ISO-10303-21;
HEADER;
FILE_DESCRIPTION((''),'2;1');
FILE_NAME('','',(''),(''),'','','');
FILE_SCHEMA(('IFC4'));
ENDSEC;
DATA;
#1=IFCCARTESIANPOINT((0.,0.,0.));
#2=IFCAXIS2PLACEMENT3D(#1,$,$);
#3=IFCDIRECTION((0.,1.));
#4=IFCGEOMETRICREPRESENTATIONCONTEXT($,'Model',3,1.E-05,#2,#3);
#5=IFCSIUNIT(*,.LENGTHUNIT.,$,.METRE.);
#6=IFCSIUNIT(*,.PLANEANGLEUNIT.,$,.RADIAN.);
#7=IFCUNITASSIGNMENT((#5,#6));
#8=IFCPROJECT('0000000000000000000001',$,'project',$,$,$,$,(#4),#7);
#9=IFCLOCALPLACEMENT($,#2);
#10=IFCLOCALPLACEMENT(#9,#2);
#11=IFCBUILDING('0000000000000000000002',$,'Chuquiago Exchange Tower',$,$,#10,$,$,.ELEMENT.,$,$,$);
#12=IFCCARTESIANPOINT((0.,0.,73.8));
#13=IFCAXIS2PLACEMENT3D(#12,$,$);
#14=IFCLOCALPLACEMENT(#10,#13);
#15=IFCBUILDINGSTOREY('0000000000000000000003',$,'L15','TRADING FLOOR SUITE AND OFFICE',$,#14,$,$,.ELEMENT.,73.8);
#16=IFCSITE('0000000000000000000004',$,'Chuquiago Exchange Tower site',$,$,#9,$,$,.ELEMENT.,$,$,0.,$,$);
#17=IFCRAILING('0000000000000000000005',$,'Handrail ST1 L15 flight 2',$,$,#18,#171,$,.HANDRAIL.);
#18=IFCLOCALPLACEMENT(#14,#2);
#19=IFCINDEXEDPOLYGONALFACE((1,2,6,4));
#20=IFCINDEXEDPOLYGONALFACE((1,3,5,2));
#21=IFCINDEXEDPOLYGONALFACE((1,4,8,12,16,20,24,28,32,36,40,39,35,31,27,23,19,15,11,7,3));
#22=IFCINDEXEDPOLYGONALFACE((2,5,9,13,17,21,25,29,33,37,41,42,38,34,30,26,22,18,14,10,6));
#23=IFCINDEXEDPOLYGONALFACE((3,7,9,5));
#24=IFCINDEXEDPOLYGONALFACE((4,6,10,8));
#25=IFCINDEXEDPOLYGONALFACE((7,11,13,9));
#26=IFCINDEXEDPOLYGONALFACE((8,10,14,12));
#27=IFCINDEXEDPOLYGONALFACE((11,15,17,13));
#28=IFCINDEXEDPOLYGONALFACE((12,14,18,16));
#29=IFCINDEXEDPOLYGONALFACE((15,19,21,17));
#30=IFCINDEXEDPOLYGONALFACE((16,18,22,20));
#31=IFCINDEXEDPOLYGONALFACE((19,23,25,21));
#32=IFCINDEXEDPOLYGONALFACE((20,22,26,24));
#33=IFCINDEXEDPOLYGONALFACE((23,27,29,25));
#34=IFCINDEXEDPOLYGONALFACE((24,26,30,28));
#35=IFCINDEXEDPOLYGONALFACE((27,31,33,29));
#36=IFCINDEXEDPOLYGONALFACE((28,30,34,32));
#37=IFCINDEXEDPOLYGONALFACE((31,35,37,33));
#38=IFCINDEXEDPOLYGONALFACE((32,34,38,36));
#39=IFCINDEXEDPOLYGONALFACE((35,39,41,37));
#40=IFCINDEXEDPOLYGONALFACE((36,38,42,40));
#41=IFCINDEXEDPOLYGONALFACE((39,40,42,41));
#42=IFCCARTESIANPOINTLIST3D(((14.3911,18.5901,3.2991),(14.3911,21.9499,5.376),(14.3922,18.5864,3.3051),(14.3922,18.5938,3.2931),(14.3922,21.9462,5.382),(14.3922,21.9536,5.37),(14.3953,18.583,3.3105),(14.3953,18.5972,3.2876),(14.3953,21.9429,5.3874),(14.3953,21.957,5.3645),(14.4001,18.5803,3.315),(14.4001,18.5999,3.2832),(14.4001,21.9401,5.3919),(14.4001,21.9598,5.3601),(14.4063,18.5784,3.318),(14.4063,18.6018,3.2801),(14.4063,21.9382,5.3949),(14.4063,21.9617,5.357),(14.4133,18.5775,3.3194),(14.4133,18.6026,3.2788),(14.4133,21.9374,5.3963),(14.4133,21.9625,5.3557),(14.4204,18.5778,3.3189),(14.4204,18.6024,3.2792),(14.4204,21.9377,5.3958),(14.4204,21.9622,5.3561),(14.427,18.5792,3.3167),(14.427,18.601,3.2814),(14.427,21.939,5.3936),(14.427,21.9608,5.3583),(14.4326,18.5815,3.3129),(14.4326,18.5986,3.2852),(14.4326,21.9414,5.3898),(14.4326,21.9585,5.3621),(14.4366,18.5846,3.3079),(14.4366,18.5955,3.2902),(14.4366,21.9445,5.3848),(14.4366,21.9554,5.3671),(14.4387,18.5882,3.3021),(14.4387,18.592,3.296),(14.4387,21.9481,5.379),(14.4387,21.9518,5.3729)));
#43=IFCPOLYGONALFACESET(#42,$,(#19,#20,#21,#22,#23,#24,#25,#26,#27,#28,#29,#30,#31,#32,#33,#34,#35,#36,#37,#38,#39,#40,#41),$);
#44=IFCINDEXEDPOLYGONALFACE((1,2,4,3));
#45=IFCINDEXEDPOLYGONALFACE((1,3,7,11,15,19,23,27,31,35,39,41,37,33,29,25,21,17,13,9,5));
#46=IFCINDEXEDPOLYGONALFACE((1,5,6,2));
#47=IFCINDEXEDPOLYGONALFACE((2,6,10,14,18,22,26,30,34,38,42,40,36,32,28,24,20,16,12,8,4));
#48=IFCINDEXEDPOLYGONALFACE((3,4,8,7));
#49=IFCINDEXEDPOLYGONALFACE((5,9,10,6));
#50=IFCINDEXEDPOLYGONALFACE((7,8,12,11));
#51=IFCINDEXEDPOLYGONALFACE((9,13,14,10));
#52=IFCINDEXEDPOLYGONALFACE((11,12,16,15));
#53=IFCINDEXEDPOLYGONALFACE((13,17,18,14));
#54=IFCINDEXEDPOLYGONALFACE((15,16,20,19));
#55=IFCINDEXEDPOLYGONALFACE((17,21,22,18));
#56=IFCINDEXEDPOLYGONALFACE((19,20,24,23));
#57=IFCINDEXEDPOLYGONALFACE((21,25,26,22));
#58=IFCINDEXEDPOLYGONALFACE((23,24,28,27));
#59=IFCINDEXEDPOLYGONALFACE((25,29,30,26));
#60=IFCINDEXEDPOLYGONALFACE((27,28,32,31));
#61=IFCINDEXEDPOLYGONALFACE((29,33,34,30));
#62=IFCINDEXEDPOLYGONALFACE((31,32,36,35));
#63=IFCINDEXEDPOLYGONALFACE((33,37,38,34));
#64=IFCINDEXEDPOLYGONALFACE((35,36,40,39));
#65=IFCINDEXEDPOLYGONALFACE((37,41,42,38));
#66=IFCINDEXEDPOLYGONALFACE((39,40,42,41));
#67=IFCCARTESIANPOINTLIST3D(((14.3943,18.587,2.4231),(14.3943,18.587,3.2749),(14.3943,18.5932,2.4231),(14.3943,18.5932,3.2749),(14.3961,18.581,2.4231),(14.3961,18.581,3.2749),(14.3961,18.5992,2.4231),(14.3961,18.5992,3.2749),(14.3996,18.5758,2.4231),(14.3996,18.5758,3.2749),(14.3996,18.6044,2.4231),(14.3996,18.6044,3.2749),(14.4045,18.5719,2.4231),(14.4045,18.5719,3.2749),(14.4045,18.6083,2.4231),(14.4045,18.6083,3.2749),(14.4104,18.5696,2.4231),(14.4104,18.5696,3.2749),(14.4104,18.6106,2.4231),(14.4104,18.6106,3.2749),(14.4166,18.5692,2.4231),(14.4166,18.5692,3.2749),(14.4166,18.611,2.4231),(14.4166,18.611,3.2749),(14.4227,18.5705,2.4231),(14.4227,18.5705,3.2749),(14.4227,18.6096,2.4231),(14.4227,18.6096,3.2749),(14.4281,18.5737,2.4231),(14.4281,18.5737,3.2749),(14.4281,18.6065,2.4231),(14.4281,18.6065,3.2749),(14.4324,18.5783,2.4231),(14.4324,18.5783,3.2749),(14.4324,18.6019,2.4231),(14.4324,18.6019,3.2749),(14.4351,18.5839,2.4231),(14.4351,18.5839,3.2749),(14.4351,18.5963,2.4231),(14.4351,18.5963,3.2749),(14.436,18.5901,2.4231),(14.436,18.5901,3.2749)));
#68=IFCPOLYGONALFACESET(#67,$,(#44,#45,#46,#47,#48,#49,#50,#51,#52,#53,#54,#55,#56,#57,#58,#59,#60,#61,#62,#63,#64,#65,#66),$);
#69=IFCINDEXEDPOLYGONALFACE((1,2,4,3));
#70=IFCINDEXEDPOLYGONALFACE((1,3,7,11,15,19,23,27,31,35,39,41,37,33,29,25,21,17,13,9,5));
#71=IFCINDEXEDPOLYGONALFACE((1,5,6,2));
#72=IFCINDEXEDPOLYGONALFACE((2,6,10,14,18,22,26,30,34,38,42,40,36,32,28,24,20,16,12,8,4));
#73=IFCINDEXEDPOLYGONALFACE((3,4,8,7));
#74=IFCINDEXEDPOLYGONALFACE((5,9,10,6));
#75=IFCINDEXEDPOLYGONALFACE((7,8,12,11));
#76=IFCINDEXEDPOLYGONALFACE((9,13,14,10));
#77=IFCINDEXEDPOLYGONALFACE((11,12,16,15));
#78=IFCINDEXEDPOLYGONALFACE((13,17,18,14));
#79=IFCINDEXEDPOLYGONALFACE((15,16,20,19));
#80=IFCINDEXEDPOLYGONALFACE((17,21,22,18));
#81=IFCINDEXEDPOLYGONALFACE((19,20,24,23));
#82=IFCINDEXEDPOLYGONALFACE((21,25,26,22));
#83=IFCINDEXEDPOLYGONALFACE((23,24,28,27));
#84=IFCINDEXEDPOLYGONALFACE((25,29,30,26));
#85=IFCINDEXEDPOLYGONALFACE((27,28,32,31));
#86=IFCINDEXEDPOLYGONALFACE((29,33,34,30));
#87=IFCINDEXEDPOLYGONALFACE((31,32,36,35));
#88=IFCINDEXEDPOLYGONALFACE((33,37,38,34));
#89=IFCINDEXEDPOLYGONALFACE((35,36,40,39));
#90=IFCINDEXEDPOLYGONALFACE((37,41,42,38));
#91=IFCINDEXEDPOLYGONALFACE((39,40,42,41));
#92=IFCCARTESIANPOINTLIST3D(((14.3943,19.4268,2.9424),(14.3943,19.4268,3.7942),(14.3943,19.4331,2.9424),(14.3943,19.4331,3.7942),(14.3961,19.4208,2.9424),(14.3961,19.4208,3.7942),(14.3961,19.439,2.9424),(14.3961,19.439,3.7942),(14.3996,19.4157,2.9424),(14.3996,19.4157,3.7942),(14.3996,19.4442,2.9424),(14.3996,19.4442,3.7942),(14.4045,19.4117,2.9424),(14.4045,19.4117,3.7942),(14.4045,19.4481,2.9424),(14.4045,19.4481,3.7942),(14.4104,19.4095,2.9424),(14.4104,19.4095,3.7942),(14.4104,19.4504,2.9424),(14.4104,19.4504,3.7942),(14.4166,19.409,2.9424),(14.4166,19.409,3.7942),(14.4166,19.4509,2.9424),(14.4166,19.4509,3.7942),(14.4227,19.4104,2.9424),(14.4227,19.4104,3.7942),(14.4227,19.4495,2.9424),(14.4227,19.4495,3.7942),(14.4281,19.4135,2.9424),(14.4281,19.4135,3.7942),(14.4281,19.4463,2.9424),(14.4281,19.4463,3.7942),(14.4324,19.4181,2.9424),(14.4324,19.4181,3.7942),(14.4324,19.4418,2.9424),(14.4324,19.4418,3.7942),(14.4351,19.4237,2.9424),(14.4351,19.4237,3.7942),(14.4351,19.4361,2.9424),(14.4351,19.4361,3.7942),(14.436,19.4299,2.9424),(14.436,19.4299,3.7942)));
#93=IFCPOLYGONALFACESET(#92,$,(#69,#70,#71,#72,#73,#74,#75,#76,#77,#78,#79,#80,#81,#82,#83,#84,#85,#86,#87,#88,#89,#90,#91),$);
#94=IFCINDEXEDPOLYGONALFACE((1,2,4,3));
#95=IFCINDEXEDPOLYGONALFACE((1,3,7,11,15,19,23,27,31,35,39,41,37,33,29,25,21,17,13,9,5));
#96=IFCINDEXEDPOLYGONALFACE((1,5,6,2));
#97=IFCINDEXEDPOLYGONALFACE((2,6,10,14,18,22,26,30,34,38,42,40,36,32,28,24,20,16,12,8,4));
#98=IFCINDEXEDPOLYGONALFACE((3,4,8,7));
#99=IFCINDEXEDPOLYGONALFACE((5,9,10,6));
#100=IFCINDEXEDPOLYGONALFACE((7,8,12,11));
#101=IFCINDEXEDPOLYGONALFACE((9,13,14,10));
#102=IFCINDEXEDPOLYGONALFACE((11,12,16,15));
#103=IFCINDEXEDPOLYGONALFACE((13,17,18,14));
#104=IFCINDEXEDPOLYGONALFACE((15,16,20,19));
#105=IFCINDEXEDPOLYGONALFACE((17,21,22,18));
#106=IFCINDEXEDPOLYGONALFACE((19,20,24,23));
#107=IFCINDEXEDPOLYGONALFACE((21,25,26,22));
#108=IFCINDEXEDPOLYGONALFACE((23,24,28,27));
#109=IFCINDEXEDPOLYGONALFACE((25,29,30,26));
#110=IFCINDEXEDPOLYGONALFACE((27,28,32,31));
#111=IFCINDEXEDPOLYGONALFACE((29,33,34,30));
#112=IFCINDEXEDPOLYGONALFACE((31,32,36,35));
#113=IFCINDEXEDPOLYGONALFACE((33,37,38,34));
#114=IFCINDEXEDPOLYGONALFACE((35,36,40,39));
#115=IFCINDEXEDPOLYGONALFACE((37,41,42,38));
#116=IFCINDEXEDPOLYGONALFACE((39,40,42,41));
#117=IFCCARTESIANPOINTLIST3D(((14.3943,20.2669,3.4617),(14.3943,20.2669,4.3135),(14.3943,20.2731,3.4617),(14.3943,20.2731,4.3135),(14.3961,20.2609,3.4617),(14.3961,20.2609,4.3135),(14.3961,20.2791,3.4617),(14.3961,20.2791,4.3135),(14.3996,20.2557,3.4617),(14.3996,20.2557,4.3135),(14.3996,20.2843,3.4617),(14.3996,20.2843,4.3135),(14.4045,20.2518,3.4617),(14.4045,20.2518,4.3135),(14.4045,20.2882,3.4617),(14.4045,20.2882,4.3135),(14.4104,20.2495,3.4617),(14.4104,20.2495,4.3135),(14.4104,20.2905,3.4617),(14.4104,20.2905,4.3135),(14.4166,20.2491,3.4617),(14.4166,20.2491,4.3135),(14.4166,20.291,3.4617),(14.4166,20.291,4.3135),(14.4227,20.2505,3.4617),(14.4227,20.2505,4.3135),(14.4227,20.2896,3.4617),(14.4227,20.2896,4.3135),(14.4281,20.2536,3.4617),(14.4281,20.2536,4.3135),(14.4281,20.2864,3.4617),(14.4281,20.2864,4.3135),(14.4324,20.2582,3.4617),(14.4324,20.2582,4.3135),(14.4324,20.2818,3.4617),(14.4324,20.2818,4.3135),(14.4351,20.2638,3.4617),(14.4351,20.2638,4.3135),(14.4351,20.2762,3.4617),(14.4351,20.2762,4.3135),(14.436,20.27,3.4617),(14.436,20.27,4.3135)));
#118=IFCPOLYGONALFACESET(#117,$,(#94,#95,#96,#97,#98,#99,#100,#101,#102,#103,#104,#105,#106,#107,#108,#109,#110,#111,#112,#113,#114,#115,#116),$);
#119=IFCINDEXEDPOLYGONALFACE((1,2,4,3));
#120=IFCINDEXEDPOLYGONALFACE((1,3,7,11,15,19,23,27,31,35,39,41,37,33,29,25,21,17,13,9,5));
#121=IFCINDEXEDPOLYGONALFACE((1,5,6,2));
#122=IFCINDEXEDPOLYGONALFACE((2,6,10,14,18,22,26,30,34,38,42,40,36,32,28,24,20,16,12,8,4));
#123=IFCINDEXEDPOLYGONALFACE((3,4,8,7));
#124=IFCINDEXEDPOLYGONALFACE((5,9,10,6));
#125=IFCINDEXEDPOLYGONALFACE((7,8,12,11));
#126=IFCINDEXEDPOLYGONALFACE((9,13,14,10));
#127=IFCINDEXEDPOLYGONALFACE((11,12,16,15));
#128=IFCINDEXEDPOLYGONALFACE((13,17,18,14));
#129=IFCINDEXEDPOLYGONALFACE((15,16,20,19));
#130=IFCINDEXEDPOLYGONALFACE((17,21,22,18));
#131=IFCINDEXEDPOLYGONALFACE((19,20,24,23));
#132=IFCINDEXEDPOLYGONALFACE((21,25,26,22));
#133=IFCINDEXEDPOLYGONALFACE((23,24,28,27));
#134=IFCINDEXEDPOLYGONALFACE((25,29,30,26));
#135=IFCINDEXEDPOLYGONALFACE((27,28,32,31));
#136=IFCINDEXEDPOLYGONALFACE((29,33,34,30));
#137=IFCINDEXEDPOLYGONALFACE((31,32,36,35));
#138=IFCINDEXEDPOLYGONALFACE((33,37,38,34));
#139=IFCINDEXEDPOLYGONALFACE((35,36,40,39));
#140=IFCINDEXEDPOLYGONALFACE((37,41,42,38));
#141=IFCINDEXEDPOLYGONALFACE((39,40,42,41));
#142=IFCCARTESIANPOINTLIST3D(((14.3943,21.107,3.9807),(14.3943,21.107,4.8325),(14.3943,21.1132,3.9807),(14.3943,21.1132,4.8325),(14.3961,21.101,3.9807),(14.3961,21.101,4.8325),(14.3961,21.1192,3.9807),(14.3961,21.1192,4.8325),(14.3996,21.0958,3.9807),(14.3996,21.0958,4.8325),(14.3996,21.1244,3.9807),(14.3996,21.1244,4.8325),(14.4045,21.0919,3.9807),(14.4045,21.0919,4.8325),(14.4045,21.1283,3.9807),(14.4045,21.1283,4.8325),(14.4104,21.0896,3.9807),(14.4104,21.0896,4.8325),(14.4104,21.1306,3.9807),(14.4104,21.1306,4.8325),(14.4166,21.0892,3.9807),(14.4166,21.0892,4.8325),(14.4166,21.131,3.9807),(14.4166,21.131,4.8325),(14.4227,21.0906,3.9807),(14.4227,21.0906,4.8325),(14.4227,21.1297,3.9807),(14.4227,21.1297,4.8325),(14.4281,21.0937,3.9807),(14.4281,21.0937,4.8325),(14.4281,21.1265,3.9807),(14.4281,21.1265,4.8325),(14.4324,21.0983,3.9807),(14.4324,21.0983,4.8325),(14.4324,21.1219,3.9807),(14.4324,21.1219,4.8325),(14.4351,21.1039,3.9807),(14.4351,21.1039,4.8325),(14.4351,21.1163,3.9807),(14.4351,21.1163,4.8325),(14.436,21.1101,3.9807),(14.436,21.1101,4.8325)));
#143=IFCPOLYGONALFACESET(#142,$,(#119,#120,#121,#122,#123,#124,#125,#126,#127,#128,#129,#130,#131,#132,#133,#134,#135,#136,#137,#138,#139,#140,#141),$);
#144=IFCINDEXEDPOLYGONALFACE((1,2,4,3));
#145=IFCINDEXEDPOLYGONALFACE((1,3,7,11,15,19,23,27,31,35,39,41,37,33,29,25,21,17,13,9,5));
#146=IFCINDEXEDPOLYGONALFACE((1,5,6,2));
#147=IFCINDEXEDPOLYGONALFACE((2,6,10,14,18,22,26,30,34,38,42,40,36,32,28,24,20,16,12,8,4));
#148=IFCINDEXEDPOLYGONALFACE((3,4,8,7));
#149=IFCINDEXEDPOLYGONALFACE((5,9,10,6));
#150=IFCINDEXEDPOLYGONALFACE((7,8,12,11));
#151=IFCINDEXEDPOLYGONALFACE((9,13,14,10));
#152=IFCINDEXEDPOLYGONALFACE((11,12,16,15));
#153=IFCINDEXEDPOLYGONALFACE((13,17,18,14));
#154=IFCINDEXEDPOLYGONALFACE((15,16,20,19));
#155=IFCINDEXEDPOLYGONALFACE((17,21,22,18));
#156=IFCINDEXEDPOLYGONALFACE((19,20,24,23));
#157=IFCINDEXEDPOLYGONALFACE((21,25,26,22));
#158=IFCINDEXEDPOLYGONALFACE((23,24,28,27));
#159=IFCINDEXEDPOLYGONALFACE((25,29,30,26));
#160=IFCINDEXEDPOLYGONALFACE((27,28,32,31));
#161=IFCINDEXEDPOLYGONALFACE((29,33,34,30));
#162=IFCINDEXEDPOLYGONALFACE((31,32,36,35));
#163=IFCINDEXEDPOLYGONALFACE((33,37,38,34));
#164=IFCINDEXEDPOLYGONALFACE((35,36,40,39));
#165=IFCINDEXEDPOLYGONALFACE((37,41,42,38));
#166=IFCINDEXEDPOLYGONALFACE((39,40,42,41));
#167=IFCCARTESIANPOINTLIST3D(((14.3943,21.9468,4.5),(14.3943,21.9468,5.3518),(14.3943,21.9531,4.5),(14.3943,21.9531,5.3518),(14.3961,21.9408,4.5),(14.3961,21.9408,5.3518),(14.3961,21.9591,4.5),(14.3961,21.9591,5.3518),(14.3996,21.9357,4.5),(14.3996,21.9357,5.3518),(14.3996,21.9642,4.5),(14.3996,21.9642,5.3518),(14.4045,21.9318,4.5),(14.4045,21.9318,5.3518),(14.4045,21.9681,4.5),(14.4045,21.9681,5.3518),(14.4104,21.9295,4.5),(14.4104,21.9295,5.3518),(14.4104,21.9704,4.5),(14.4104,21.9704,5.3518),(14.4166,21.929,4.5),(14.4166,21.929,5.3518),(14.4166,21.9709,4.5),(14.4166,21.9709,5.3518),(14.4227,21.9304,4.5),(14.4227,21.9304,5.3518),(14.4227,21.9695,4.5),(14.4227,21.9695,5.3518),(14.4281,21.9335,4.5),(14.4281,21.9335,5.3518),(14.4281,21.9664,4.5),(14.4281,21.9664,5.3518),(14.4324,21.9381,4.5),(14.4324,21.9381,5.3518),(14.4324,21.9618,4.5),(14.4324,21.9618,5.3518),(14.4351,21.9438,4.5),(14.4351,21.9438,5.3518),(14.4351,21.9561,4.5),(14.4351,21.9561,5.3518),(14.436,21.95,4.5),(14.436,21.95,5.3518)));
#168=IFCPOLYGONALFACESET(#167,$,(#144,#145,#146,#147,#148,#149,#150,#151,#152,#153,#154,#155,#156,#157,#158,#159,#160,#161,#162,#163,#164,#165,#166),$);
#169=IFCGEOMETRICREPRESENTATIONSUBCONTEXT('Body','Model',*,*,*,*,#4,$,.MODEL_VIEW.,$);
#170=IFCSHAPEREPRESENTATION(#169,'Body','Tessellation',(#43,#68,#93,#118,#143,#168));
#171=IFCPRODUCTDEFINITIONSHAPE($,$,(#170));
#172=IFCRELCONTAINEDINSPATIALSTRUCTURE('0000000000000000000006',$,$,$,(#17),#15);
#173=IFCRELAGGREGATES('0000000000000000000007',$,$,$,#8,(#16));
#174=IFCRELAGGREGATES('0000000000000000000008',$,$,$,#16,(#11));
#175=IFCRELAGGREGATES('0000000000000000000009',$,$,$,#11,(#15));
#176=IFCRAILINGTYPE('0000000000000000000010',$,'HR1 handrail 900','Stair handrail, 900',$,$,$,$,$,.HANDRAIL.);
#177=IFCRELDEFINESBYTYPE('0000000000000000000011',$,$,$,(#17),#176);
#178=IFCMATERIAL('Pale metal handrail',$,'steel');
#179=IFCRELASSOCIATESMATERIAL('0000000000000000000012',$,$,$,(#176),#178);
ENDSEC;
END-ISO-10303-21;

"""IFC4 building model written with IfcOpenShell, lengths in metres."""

from ifc_helpers import new_model, si_unit, direction, frame, origin, origin_2d, place, context, subcontext, project, spatial, circle, extrude, material, type_object, element, save


model = new_model("IFC4")

# Units and contexts
model_context = context("Model", 3, precision=1e-05, world=origin(), true_north=direction((0.0, 1.0)))
body_context = subcontext(model_context, "Body", "Model", "MODEL_VIEW")
ifc_project = project(units=[si_unit("LENGTHUNIT", "METRE"), si_unit("PLANEANGLEUNIT", "RADIAN")], contexts=[model_context])

# Site, building, storey
site_placement = place(None, origin())
site = spatial("IfcSite", under=ifc_project, at=site_placement, Name="Chuquiago Exchange Tower site", CompositionType="ELEMENT", RefElevation=0.0)
building_placement = place(site_placement, origin())
building = spatial("IfcBuilding", under=site, at=building_placement, Name="Chuquiago Exchange Tower", CompositionType="ELEMENT")
storey_placement = place(building_placement, frame((0.0, 0.0, 73.8)))
storey = spatial("IfcBuildingStorey", under=building, at=storey_placement, Name="L15", Description="TRADING FLOOR SUITE AND OFFICE", CompositionType="ELEMENT", Elevation=73.8)

# Railing
ifc_material_1 = material(Name="Pale metal handrail", Category="steel")
railing_type_1 = type_object("IfcRailingType", Name="HR1 handrail 900", Description="Stair handrail, 900", PredefinedType="HANDRAIL", material=ifc_material_1)
for number, where, name in (
    (1, (14.415, 18.5901, 2.4231), "Handrail ST1 L15 flight 2"),
):
    element("IfcRailing", number, at=place(storey_placement, frame(where)), inside=storey, type_object=railing_type_1, Name=name, PredefinedType="HANDRAIL", context=body_context, shape_type="SweptSolid", body=[
        extrude(circle(Radius=0.0239, at=origin_2d()), frame((0.0, 0.0, 0.876), z_axis=(0.0, 0.850606, 0.525803), x_axis=(-1.0, 0.0, 0.0)), (0.0, 0.0, 1.0), 3.95),
        extrude(circle(Radius=0.021, at=origin_2d()), origin(), (0.0, 0.0, 1.0), 0.8518),
        extrude(circle(Radius=0.021, at=origin_2d()), frame((0.0, 0.8398, 0.5193)), (0.0, 0.0, 1.0), 0.8518),
        extrude(circle(Radius=0.021, at=origin_2d()), frame((0.0, 1.6799, 1.0386)), (0.0, 0.0, 1.0), 0.8518),
        extrude(circle(Radius=0.021, at=origin_2d()), frame((0.0, 2.52, 1.5576)), (0.0, 0.0, 1.0), 0.8518),
        extrude(circle(Radius=0.021, at=origin_2d()), frame((0.0, 3.3599, 2.0769)), (0.0, 0.0, 1.0), 0.8518),
    ])

save(model, "model.ifc")
